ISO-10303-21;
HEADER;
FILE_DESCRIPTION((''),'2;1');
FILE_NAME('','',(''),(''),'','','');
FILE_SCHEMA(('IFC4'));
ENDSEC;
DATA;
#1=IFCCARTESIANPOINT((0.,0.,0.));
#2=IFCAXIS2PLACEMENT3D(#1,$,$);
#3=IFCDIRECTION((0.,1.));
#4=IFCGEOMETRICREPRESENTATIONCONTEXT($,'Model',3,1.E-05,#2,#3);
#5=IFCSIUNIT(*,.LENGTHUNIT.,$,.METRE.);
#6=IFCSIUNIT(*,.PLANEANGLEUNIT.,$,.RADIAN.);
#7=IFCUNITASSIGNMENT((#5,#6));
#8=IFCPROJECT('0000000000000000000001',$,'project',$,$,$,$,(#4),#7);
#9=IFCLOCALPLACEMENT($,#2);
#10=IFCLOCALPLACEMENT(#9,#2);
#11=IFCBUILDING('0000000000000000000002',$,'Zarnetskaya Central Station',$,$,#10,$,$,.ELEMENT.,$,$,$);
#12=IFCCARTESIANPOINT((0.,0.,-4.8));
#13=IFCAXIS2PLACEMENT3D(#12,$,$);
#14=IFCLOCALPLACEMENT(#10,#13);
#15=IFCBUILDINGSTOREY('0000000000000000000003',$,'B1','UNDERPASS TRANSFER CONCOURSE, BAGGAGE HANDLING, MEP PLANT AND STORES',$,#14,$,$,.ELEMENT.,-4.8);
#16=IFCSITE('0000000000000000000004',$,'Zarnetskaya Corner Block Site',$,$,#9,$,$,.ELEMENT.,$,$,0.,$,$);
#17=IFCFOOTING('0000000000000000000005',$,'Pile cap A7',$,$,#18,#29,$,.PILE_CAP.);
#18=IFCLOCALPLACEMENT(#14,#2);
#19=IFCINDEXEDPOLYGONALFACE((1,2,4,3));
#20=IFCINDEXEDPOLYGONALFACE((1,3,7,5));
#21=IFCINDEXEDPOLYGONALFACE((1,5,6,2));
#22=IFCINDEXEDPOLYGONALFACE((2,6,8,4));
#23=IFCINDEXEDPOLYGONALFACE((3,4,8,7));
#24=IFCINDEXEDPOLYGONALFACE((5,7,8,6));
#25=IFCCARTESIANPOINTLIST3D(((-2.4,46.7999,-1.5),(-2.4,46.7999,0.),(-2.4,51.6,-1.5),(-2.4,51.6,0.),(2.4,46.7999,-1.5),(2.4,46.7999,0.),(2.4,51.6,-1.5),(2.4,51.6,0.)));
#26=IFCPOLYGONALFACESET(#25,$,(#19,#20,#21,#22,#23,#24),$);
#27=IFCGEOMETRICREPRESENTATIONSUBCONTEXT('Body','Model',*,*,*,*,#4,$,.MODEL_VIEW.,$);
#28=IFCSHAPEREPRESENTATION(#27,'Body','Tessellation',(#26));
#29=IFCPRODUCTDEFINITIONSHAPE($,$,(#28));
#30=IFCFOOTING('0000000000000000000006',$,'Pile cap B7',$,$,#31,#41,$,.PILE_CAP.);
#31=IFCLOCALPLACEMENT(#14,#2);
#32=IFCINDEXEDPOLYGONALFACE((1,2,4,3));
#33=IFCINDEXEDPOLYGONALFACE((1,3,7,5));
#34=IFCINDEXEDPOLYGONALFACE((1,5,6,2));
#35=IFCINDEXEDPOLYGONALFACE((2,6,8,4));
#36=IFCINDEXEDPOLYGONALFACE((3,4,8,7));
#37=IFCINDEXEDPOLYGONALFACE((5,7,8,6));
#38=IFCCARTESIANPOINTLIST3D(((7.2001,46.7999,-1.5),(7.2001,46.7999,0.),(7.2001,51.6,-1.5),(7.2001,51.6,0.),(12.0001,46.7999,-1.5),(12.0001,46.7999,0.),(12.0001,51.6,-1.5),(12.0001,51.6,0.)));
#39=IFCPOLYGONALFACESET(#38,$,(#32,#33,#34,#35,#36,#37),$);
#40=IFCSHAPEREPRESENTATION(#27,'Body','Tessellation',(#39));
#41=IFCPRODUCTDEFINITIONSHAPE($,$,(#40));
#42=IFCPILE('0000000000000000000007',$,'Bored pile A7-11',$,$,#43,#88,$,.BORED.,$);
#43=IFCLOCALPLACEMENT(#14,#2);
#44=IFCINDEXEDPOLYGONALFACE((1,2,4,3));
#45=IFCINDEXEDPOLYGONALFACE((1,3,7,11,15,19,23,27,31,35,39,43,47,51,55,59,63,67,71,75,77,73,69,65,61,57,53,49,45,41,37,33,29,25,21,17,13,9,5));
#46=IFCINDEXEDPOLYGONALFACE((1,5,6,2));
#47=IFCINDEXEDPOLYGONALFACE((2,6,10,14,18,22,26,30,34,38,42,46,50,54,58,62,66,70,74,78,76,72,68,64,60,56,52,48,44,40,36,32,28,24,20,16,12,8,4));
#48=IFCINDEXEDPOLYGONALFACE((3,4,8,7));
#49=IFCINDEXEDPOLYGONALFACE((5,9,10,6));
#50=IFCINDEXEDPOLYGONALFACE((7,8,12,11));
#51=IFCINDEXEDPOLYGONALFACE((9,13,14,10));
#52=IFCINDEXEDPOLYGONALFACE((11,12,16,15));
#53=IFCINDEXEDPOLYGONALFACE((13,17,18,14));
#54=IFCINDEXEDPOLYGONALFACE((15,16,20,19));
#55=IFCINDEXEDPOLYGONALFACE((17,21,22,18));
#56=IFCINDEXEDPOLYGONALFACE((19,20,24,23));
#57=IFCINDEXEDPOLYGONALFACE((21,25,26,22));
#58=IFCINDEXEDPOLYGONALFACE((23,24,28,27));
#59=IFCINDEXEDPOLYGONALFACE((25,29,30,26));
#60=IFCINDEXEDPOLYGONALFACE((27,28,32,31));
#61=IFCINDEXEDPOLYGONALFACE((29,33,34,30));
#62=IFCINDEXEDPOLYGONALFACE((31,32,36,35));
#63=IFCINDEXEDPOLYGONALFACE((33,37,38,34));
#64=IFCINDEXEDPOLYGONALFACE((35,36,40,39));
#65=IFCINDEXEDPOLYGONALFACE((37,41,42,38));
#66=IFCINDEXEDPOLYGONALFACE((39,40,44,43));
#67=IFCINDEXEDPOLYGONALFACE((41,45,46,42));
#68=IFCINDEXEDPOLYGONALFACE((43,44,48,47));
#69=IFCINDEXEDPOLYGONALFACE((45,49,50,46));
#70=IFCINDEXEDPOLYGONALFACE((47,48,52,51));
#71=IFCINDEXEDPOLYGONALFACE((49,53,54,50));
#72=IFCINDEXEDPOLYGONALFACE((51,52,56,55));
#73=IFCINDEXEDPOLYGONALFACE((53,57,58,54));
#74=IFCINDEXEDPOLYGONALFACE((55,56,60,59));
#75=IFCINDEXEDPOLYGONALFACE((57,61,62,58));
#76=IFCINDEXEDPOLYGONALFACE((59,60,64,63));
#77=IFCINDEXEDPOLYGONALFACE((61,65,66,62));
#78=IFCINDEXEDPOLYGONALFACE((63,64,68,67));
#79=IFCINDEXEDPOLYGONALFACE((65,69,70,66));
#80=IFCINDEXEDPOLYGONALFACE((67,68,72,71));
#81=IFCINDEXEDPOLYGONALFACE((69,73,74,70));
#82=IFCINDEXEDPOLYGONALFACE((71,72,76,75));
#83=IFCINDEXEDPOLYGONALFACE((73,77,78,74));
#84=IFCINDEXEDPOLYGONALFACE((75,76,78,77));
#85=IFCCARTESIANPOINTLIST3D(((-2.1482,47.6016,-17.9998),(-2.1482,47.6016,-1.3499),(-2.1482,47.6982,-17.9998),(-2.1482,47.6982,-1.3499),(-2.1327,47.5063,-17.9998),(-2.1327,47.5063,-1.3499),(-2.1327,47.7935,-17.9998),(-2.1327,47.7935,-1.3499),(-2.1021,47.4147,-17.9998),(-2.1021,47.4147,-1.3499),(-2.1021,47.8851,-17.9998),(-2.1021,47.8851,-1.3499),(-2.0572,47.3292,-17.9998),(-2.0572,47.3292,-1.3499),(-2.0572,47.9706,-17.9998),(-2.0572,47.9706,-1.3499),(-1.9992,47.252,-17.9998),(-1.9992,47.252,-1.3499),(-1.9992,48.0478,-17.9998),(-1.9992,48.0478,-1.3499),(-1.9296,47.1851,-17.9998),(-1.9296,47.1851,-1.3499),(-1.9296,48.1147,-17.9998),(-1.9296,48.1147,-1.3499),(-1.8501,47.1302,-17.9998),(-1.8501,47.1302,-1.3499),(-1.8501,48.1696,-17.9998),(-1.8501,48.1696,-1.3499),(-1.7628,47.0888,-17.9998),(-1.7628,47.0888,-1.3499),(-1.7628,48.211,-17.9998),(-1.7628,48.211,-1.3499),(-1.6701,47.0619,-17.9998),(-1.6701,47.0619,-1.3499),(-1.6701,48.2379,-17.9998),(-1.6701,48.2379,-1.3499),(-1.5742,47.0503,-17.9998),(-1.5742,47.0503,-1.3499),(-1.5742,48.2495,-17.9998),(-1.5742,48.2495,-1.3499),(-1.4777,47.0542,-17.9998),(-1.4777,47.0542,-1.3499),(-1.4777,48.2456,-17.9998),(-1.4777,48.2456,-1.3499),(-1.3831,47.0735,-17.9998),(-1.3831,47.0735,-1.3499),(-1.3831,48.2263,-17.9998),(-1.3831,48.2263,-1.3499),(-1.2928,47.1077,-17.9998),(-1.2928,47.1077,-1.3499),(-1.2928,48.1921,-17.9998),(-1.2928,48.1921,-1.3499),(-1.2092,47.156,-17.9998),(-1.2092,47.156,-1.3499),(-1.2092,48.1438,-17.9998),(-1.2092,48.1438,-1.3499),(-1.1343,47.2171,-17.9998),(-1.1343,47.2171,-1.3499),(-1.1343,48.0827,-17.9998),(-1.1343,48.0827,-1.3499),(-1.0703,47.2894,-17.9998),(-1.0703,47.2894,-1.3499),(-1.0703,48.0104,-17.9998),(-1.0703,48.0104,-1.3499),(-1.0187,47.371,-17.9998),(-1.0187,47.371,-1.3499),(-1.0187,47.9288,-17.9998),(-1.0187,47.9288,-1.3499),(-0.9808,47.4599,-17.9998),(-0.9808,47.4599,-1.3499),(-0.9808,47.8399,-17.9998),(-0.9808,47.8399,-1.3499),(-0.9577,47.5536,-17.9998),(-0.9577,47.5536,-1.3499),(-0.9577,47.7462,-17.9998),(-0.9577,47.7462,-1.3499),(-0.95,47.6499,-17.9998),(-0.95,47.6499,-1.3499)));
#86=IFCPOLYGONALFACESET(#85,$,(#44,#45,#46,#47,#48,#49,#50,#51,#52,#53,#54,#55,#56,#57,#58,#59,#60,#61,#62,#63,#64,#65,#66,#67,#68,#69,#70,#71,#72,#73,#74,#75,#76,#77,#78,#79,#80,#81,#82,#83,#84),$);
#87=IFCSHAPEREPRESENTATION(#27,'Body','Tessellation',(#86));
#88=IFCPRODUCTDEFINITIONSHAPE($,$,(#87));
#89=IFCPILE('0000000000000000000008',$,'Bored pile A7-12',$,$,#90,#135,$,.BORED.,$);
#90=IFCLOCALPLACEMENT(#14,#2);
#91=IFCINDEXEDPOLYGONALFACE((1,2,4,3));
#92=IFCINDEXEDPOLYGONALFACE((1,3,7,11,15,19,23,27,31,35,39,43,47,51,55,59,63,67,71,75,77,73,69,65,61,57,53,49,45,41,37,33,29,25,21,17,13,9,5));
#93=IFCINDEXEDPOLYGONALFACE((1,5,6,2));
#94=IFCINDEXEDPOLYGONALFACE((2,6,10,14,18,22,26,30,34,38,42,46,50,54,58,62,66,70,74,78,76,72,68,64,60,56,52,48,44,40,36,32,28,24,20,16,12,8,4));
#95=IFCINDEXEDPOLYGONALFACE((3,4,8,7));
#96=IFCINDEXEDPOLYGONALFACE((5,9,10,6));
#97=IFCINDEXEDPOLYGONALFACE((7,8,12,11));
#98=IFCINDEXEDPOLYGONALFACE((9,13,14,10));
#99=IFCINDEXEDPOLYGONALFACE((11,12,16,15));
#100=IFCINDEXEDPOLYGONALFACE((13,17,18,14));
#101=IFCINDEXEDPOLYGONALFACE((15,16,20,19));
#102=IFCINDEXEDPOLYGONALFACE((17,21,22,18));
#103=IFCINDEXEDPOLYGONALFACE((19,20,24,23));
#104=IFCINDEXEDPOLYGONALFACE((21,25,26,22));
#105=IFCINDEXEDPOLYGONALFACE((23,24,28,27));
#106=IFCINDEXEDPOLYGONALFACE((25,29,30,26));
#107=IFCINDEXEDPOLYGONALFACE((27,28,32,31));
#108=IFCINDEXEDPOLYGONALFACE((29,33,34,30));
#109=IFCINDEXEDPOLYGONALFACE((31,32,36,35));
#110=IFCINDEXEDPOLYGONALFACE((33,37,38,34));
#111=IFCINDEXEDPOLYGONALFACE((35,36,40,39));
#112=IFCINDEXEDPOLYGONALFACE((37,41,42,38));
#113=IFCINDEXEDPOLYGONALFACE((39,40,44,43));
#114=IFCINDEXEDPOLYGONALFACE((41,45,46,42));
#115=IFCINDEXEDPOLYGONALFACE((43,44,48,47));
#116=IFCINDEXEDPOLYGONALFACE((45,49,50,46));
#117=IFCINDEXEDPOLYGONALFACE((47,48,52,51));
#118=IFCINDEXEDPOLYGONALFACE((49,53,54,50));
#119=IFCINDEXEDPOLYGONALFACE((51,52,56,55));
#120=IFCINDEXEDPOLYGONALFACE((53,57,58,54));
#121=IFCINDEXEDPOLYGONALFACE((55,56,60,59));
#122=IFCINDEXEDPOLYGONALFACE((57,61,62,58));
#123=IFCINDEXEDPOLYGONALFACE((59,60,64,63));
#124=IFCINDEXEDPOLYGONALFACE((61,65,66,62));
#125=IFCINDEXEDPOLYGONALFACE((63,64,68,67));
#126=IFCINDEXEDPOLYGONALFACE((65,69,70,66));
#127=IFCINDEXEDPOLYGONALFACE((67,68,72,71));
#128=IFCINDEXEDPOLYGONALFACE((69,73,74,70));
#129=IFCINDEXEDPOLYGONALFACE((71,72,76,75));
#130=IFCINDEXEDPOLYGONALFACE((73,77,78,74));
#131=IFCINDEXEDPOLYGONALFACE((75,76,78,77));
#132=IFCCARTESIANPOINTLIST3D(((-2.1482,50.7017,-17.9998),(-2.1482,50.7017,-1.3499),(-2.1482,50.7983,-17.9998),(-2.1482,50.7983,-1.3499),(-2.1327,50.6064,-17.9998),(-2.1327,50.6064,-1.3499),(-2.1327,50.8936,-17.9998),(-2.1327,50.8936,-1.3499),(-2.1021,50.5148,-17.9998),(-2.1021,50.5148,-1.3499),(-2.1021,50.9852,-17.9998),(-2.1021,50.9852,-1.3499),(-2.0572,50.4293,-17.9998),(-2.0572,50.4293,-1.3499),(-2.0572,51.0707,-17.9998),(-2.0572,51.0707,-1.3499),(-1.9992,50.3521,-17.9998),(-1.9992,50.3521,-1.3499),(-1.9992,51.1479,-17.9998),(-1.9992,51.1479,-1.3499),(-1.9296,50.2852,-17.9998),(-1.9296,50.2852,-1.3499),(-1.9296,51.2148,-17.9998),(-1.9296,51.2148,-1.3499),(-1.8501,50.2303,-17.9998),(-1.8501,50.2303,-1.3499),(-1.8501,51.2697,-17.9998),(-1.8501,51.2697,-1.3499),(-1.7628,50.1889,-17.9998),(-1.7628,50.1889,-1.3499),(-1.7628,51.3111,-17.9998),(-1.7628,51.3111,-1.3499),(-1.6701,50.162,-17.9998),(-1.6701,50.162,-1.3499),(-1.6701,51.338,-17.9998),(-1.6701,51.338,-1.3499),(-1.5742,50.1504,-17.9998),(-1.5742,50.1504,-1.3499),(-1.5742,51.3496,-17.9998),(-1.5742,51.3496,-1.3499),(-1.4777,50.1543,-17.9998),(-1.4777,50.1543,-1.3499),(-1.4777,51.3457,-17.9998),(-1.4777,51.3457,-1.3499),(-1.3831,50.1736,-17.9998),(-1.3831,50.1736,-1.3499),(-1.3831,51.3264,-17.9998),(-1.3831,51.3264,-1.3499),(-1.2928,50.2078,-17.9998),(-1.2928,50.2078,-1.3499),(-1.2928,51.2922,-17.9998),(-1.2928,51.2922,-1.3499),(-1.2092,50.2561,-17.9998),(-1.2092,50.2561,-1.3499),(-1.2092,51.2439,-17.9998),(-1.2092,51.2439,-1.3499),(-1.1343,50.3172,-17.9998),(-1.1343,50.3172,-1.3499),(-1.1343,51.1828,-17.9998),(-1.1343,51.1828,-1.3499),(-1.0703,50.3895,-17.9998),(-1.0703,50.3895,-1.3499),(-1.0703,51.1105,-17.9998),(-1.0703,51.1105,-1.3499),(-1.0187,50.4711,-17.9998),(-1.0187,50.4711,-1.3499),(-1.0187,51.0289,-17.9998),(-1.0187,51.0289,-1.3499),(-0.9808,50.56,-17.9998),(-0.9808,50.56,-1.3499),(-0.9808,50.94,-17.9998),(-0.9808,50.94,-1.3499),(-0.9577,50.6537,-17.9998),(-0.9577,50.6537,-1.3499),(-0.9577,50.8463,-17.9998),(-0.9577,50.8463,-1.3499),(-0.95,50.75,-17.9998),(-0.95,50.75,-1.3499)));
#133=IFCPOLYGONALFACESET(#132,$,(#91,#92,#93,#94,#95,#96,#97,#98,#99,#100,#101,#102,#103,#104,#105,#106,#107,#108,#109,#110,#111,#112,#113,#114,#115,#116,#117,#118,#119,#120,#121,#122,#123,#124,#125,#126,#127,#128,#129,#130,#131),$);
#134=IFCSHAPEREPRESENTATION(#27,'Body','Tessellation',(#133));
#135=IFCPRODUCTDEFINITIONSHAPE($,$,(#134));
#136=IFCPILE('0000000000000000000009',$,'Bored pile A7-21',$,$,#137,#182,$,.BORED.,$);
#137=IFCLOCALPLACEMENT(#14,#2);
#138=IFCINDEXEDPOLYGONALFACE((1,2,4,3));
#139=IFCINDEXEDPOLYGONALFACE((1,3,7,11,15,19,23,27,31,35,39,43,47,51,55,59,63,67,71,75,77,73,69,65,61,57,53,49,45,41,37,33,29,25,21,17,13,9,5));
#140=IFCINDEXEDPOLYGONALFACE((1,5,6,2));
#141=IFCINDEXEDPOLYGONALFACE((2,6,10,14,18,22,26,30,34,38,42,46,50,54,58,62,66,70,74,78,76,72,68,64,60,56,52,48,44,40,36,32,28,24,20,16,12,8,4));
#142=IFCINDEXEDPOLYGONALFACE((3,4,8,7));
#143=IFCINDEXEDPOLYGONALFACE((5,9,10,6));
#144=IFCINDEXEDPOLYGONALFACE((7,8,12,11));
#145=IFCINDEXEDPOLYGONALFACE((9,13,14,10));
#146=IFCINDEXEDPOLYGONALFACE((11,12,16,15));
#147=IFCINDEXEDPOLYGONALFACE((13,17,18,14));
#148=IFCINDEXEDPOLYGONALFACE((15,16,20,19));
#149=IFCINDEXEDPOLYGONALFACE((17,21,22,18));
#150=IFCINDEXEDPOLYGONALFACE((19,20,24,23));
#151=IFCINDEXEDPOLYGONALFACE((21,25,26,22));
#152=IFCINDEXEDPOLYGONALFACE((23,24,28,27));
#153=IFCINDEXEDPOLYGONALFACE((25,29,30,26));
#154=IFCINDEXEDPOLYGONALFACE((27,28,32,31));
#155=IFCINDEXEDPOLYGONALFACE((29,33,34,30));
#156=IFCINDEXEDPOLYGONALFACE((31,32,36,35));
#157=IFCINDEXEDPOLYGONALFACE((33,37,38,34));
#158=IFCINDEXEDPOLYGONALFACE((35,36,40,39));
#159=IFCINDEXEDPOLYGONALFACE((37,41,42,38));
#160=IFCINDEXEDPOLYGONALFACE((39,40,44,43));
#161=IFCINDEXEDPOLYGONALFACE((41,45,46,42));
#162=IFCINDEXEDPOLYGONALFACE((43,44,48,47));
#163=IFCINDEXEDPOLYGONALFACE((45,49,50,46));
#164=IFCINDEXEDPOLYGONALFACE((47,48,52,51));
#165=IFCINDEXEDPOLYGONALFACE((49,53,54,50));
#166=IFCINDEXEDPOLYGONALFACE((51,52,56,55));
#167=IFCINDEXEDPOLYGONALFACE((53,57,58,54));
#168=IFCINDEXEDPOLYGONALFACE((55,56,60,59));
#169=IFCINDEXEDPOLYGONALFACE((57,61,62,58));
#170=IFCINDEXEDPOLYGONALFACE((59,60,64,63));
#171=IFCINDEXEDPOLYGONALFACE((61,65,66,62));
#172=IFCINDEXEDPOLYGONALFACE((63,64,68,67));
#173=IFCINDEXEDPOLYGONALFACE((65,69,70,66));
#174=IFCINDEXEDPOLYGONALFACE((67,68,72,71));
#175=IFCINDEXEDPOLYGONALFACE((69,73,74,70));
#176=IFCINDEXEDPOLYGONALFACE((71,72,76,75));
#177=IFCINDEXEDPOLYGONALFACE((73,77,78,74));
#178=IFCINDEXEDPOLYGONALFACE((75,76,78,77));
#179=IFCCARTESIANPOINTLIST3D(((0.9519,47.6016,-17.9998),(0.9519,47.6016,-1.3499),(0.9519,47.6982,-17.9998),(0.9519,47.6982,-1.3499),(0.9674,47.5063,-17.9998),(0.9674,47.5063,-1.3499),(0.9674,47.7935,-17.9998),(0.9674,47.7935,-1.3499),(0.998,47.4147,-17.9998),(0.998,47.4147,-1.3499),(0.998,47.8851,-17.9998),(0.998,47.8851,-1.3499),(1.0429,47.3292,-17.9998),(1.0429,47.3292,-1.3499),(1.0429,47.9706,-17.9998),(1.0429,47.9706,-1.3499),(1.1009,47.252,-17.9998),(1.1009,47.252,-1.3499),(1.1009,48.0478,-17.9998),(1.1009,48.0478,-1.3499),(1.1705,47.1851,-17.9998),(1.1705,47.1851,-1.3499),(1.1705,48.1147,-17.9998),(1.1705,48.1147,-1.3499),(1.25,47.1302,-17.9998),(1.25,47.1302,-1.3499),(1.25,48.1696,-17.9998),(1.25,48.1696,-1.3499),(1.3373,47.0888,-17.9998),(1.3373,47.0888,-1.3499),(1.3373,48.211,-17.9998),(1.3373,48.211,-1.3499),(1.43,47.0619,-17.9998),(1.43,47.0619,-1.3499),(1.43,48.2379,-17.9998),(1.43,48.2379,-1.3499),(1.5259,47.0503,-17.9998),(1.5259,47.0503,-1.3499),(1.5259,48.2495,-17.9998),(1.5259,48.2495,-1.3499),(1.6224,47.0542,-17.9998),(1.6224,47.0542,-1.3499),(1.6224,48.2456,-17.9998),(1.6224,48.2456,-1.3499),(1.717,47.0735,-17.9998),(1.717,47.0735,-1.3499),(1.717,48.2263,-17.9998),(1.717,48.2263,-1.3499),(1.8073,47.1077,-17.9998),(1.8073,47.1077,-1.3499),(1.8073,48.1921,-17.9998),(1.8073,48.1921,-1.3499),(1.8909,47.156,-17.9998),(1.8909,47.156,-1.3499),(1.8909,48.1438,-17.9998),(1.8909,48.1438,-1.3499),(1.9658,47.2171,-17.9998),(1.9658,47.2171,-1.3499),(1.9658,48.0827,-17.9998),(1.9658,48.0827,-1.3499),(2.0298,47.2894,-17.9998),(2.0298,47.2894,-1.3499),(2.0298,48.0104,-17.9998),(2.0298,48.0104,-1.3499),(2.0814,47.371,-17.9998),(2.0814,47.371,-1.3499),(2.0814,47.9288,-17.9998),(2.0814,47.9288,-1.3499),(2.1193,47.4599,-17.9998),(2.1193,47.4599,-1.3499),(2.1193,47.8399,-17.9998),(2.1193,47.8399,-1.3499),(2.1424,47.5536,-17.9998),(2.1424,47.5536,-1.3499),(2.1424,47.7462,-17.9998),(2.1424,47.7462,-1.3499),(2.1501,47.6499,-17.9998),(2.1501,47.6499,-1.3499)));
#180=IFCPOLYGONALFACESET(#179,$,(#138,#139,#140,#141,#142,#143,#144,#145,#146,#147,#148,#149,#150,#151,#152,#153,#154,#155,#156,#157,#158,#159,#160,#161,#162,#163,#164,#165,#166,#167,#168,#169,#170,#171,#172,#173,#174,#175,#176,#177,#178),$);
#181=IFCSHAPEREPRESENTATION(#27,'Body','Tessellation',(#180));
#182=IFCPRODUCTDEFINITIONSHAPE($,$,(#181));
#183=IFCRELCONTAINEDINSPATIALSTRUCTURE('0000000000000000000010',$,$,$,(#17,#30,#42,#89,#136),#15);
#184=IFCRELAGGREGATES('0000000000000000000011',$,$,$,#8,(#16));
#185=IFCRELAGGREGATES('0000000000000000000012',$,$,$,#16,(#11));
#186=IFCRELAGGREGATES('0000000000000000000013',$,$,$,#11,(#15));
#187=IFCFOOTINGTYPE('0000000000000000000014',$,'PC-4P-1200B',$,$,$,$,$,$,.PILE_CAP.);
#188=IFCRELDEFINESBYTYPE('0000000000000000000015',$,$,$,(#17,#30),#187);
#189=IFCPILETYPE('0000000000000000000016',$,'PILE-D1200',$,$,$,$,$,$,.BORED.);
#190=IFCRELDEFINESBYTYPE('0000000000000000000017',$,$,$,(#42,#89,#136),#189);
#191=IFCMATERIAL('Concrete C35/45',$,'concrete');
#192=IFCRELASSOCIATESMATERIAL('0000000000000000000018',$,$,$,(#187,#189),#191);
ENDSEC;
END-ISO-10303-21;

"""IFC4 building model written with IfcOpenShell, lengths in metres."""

from ifc_helpers import new_model, si_unit, direction, frame, origin, origin_2d, place, context, subcontext, project, spatial, rectangle, circle, extrude, material, material_profile, profile_set, type_object, element, save


model = new_model("IFC4")

# Units and contexts
model_context = context("Model", 3, precision=1e-05, world=origin(), true_north=direction((0.0, 1.0)))
body_context = subcontext(model_context, "Body", "Model", "MODEL_VIEW")
ifc_project = project(units=[si_unit("LENGTHUNIT", "METRE"), si_unit("PLANEANGLEUNIT", "RADIAN")], contexts=[model_context])

# Site, building, storey
site_placement = place(None, origin())
site = spatial("IfcSite", under=ifc_project, at=site_placement, Name="Zarnetskaya Corner Block Site", CompositionType="ELEMENT", RefElevation=0.0)
building_placement = place(site_placement, origin())
building = spatial("IfcBuilding", under=site, at=building_placement, Name="Zarnetskaya Central Station", CompositionType="ELEMENT")
storey_placement = place(building_placement, frame((0.0, 0.0, -4.8)))
storey = spatial("IfcBuildingStorey", under=building, at=storey_placement, Name="B1", Description="UNDERPASS TRANSFER CONCOURSE, BAGGAGE HANDLING, MEP PLANT AND STORES", CompositionType="ELEMENT", Elevation=-4.8)

# Footings
ifc_material_1 = material(Name="Concrete C35/45", Category="concrete")
footing_type = type_object("IfcFootingType", Name="PC-4P-1200B", PredefinedType="PILE_CAP", material=ifc_material_1)
for number, where, z_axis, x_axis, name in (
    (1, (0.0, 49.2, -1.5), (0.0, 0.0, 1.0), (1.0, 0.0, 0.0), "Pile cap A7"),
    (2, (9.6001, 49.2, -1.5), (0.0, 0.0, 1.0), (1.0, 0.0, 0.0), "Pile cap B7"),
):
    element("IfcFooting", number, at=place(storey_placement, frame(where, z_axis=z_axis, x_axis=x_axis)), inside=storey, type_object=footing_type, Name=name, PredefinedType="PILE_CAP", context=body_context, shape_type="SweptSolid", body=[
        extrude(rectangle(XDim=4.8, YDim=4.8, at=origin_2d()), origin(), (0.0, 0.0, 1.0), 1.5),
    ])

# Piles
ifc_material_profile_1 = material_profile(ifc_material_1, circle(Radius=0.6001, at=origin_2d()), Name="BORED PILE D1200")
ifc_profile_set_1 = profile_set([ifc_material_profile_1], Name="Concrete C35/45")
pile_type = type_object("IfcPileType", Name="PILE-D1200", PredefinedType="BORED", material=ifc_profile_set_1)
for number, where, z_axis, x_axis, name in (
    (3, (-1.55, 47.6499, -1.3499), (0.0, 0.0, -1.0), (1.0, 0.0, 0.0), "Bored pile A7-11"),
    (4, (-1.55, 50.75, -1.3499), (0.0, 0.0, -1.0), (1.0, 0.0, 0.0), "Bored pile A7-12"),
    (5, (1.55, 47.6499, -1.3499), (0.0, 0.0, -1.0), (1.0, 0.0, 0.0), "Bored pile A7-21"),
):
    element("IfcPile", number, at=place(storey_placement, frame(where, z_axis=z_axis, x_axis=x_axis)), inside=storey, type_object=pile_type, Name=name, PredefinedType="BORED", context=body_context, shape_type="SweptSolid", body=[
        extrude(circle(Radius=0.6001, at=origin_2d()), origin(), (0.0, 0.0, 1.0), 16.6499),
    ])

save(model, "model.ifc")
